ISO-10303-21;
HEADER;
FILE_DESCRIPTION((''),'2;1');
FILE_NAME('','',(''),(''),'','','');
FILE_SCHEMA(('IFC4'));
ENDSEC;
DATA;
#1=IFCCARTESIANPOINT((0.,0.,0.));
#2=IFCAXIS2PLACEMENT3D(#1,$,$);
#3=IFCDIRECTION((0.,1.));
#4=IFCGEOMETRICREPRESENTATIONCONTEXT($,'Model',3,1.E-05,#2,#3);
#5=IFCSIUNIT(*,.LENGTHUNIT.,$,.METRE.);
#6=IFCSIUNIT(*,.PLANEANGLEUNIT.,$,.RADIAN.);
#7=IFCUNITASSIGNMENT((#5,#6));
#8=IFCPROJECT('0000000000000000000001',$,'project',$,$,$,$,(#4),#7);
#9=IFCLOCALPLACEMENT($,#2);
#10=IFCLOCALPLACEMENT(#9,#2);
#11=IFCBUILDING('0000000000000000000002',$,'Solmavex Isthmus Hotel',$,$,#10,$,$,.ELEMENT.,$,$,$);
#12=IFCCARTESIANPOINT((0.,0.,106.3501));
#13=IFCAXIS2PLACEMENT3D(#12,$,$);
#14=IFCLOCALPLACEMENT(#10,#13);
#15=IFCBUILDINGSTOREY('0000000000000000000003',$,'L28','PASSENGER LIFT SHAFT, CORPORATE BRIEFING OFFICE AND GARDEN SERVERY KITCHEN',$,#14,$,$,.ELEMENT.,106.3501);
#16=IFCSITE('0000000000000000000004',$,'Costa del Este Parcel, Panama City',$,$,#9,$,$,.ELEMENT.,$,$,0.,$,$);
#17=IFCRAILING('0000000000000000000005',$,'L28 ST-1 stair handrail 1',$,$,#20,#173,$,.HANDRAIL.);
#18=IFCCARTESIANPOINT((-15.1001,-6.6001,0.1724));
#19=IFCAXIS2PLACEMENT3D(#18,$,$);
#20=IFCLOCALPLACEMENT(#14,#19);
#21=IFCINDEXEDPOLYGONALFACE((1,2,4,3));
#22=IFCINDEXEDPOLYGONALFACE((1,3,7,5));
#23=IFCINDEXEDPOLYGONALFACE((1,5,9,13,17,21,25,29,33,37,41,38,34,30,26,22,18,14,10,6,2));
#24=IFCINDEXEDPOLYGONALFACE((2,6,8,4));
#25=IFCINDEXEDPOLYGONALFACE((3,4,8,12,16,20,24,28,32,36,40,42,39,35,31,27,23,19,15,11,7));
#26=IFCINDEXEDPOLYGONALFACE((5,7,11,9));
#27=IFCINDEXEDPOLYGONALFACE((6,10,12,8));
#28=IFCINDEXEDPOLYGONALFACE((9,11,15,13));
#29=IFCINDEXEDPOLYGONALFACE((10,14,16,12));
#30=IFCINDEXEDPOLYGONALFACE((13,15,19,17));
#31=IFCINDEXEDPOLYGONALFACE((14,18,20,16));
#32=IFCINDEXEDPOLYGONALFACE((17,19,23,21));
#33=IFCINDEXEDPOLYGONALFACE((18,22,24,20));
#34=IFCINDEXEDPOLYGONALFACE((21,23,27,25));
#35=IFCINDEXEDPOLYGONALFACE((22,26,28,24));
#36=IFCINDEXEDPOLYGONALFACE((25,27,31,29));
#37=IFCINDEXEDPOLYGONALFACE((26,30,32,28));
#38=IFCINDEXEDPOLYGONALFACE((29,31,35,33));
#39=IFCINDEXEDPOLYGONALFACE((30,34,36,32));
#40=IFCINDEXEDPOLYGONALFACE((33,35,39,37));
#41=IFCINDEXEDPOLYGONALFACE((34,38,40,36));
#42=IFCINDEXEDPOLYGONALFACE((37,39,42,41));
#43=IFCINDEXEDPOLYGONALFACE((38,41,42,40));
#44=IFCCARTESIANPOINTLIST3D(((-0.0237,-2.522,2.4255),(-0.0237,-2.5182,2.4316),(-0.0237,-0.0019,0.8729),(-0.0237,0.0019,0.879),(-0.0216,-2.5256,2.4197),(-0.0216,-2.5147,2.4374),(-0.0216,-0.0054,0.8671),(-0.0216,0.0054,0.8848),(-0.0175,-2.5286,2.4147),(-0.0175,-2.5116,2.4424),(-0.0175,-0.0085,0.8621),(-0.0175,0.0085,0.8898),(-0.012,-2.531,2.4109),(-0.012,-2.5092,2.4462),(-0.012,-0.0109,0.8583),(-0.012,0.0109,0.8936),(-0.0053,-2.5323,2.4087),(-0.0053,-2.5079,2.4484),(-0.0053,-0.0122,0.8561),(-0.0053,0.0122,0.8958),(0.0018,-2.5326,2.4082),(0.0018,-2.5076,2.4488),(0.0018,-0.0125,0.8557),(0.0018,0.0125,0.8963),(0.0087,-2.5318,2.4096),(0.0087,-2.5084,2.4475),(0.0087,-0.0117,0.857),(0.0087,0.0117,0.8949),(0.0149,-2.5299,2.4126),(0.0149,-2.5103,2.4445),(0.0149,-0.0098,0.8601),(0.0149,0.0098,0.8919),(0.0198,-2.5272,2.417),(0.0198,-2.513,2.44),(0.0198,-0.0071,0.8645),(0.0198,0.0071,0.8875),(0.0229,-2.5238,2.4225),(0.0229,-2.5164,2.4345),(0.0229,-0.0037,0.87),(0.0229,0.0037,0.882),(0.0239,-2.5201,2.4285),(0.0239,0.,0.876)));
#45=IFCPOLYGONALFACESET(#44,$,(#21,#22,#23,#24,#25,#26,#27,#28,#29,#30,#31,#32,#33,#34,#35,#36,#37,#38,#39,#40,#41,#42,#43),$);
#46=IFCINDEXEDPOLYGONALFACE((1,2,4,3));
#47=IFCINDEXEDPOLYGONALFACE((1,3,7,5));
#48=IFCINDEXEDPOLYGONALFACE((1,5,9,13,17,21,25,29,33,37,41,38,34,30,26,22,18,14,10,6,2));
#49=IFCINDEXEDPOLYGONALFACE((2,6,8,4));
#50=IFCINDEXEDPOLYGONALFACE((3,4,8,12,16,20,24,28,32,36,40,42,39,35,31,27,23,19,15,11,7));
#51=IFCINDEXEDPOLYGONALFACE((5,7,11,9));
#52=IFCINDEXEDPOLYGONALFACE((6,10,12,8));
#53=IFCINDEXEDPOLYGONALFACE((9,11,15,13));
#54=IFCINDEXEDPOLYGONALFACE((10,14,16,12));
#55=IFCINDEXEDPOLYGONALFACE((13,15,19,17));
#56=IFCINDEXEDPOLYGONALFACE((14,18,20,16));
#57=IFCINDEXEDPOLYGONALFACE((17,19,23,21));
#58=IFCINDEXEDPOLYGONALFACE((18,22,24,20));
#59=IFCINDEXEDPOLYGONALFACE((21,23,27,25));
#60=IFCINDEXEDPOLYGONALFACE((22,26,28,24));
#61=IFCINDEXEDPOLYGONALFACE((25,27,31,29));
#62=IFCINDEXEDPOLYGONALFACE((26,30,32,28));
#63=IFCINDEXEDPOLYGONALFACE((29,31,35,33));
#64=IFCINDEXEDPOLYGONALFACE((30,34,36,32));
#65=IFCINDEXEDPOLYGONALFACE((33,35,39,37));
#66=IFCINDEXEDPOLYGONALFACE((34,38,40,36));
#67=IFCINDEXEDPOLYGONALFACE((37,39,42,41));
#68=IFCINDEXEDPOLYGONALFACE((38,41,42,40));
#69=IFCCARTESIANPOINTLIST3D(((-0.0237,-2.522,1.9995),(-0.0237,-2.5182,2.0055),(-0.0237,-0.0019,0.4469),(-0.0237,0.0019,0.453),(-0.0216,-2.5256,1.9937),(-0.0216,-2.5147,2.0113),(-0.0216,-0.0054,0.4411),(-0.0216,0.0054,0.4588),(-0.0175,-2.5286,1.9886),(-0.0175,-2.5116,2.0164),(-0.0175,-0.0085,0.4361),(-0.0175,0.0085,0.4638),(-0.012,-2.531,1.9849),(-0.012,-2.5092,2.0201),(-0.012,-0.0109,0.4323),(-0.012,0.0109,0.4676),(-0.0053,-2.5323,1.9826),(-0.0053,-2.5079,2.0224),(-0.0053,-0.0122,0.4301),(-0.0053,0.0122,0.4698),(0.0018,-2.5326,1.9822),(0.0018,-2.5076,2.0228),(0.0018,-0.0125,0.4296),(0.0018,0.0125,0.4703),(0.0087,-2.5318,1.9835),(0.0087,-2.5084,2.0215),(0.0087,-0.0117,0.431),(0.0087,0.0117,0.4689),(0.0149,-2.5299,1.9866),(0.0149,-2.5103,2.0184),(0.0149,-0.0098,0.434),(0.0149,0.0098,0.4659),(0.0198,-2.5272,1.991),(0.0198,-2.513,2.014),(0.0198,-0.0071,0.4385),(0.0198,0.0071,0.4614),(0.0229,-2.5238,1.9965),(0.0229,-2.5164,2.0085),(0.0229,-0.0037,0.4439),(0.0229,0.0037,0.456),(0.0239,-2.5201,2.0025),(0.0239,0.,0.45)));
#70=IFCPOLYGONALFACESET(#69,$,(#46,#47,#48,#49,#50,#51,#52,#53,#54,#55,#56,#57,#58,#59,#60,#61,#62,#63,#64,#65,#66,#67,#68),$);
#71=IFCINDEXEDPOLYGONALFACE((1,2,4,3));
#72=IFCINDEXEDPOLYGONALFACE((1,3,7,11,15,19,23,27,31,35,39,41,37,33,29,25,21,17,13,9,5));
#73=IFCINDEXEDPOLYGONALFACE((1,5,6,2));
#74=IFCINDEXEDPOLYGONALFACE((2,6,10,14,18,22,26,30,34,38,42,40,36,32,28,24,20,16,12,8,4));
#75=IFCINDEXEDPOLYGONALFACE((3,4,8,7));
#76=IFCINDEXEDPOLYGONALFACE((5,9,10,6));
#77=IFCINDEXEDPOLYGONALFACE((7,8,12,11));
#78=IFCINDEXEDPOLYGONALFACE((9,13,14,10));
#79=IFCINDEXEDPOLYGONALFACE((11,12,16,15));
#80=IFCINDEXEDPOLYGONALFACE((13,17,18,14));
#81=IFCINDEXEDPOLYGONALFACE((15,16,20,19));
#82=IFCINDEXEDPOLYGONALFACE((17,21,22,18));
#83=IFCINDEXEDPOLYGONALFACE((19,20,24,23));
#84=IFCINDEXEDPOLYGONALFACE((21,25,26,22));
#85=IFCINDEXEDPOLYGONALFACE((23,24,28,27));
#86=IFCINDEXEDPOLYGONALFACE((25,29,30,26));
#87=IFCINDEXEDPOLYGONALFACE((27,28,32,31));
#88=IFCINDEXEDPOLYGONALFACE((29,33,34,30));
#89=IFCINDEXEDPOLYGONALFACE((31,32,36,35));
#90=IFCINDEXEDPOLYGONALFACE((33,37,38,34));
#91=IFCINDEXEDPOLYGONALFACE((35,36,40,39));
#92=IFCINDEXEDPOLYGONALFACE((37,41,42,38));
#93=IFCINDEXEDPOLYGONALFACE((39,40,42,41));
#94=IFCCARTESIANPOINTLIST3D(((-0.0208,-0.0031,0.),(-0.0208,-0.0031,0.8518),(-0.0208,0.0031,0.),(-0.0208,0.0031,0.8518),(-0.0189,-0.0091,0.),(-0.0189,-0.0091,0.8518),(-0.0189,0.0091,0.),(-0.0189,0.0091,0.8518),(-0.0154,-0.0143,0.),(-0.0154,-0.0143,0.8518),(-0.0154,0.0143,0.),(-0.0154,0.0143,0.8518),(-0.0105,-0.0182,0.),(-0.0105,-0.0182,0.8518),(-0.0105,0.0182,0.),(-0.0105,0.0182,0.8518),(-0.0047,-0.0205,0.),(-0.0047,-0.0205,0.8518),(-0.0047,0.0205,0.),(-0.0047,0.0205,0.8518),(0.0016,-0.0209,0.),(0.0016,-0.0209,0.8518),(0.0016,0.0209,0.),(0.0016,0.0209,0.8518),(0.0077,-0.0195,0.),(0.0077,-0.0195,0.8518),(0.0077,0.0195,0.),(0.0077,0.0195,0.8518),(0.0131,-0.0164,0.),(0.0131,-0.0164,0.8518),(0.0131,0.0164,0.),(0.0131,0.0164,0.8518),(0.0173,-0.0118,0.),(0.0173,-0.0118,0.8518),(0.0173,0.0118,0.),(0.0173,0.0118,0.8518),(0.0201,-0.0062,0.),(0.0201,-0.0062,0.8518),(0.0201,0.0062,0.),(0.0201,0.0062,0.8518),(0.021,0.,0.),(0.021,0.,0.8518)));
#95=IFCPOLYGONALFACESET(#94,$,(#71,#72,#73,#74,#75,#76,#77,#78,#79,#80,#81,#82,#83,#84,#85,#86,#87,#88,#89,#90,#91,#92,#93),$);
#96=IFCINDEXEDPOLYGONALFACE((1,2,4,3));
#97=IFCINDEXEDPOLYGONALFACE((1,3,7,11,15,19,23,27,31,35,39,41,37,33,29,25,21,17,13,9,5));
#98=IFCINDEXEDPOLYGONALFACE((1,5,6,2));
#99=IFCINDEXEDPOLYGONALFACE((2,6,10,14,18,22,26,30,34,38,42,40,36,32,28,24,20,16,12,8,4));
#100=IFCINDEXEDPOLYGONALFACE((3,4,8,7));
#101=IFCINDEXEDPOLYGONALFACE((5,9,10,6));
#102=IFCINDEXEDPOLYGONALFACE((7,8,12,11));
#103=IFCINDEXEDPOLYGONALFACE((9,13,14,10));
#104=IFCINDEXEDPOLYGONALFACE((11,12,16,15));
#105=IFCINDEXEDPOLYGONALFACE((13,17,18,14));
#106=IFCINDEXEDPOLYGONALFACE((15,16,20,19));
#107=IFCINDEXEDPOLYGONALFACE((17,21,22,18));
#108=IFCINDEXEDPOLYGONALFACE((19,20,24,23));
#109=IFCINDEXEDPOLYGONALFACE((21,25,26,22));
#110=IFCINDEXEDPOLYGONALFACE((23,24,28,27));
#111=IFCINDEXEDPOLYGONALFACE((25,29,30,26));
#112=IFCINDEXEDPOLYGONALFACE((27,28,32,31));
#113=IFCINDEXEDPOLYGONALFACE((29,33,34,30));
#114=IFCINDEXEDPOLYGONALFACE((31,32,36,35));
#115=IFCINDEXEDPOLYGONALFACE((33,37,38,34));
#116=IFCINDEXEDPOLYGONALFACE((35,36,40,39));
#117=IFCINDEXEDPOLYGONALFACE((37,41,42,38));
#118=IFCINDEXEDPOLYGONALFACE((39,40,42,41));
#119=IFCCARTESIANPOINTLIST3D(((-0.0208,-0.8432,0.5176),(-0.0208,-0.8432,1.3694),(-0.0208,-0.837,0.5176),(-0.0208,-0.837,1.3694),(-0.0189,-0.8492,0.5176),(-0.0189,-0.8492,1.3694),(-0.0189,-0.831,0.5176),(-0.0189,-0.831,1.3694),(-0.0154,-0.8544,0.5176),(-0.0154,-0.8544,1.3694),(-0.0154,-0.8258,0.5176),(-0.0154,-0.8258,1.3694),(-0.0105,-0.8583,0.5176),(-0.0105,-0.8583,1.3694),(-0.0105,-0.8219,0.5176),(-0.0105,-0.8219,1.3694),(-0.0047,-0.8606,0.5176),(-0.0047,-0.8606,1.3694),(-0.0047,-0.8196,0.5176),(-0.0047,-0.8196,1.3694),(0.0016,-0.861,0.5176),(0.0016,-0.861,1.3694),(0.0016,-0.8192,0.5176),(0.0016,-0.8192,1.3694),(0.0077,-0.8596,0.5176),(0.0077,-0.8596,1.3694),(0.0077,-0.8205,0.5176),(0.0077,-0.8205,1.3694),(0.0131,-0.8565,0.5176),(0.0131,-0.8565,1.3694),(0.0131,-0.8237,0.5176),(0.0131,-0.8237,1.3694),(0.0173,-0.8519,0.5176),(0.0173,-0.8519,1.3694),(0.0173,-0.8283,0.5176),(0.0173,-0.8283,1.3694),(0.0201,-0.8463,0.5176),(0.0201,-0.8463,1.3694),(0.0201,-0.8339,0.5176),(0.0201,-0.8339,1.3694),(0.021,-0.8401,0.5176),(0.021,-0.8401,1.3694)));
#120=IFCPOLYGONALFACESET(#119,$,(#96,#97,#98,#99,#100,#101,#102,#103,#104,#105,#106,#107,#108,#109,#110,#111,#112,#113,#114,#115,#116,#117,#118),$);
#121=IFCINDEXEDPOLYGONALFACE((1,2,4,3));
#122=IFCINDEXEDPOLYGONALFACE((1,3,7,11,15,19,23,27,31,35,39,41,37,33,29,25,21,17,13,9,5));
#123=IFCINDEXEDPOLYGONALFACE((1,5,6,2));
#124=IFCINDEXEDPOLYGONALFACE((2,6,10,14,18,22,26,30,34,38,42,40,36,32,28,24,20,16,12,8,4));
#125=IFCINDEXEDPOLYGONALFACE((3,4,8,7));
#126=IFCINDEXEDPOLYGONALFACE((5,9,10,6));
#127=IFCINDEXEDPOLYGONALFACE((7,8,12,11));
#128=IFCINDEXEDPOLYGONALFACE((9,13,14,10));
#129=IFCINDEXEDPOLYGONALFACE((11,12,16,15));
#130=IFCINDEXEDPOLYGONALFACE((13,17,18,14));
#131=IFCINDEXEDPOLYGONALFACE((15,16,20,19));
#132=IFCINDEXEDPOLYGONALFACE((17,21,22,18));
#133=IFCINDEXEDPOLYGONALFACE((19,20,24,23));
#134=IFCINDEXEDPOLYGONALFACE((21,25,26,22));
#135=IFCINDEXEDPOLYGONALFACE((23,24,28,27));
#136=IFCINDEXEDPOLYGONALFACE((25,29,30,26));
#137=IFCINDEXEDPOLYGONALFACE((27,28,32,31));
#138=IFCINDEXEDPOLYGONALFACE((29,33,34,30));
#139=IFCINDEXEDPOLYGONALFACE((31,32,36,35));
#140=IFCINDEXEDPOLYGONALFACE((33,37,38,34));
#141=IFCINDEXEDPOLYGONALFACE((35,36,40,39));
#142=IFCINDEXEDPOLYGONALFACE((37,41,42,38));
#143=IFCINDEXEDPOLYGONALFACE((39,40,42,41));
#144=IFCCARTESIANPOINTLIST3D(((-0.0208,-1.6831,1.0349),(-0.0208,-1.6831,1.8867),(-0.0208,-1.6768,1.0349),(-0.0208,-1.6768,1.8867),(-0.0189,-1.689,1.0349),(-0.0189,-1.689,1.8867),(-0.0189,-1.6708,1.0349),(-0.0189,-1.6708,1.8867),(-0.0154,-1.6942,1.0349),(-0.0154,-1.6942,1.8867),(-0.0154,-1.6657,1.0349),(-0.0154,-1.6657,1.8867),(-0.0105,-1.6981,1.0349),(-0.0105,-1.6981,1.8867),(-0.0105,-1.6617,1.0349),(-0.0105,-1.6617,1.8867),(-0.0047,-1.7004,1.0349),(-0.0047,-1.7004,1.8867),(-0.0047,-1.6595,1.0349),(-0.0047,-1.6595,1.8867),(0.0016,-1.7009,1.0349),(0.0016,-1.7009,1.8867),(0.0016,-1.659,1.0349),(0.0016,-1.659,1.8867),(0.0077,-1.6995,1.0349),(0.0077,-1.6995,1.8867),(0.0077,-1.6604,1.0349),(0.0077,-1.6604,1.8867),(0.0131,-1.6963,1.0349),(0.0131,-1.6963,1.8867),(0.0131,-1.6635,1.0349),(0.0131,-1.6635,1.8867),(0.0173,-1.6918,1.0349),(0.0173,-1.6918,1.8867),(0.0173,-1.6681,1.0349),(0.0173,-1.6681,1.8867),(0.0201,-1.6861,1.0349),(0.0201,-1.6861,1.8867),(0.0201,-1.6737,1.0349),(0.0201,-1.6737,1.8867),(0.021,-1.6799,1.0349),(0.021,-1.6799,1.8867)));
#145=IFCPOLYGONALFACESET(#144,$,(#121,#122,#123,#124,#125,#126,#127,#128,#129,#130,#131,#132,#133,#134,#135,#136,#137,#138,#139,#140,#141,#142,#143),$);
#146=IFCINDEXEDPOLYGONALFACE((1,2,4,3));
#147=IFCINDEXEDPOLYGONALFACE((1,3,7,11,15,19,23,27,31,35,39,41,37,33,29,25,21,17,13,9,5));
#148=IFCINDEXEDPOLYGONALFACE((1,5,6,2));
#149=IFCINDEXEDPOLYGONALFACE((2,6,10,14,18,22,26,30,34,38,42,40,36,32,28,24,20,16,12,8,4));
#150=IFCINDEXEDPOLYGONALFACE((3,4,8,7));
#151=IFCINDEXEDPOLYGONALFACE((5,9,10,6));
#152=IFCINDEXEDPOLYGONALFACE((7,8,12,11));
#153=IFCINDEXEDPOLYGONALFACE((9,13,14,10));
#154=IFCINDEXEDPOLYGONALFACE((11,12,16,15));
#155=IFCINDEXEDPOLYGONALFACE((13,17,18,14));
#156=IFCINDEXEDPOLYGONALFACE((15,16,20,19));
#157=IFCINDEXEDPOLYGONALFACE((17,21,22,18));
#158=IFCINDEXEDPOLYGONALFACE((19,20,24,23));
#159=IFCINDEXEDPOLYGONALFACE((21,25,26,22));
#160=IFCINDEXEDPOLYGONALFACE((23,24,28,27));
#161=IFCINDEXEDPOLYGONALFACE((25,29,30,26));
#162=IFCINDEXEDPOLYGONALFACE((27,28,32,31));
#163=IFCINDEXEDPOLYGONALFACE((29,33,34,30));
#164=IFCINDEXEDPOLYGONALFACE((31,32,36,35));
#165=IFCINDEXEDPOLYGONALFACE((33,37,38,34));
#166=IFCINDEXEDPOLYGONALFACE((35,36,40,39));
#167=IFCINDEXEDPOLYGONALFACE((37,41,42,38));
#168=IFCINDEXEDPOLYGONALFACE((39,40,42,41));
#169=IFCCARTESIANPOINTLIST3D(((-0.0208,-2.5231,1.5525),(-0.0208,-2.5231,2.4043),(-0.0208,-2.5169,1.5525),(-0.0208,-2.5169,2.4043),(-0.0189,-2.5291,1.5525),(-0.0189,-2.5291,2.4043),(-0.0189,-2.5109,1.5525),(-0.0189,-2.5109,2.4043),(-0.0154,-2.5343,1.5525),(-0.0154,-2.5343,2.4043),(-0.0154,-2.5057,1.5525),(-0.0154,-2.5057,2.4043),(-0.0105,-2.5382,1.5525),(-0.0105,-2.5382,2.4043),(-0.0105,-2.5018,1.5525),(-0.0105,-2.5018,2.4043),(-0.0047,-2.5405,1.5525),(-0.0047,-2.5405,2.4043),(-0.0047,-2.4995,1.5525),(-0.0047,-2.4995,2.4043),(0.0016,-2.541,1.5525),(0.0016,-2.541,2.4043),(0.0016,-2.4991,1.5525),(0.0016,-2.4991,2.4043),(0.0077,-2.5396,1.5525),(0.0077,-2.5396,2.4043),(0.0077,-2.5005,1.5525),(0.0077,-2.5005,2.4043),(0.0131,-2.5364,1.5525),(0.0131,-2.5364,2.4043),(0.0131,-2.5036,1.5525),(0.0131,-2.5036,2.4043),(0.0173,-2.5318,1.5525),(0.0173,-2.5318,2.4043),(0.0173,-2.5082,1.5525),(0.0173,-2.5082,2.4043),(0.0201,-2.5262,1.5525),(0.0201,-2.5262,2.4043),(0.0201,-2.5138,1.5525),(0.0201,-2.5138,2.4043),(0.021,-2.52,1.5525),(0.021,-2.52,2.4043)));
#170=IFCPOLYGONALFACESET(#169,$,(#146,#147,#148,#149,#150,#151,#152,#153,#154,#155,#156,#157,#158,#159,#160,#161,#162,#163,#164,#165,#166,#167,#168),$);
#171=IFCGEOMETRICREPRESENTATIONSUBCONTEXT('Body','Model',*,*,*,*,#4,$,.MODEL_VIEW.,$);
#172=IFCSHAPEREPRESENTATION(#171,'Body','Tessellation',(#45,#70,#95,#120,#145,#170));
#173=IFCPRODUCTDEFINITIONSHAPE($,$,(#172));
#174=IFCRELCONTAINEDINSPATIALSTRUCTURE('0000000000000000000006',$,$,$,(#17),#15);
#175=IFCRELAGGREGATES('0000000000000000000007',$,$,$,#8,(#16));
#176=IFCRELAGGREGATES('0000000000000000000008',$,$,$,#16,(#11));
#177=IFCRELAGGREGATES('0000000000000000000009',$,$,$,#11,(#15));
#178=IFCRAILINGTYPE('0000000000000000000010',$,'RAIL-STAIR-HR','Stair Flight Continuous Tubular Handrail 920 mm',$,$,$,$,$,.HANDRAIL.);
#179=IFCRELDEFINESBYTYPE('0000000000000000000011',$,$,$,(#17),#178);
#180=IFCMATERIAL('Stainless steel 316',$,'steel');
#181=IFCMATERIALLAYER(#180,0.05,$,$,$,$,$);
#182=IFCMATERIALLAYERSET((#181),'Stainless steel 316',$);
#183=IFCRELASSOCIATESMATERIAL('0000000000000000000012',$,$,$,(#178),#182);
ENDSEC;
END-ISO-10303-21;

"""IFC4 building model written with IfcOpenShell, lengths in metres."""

from ifc_helpers import new_model, si_unit, direction, frame, origin, origin_2d, place, context, subcontext, project, spatial, circle, extrude, material, layer, layer_set, type_object, element, save


model = new_model("IFC4")

# Units and contexts
model_context = context("Model", 3, precision=1e-05, world=origin(), true_north=direction((0.0, 1.0)))
body_context = subcontext(model_context, "Body", "Model", "MODEL_VIEW")
ifc_project = project(units=[si_unit("LENGTHUNIT", "METRE"), si_unit("PLANEANGLEUNIT", "RADIAN")], contexts=[model_context])

# Site, building, storey
site_placement = place(None, origin())
site = spatial("IfcSite", under=ifc_project, at=site_placement, Name="Costa del Este Parcel, Panama City", CompositionType="ELEMENT", RefElevation=0.0)
building_placement = place(site_placement, origin())
building = spatial("IfcBuilding", under=site, at=building_placement, Name="Solmavex Isthmus Hotel", CompositionType="ELEMENT")
storey_placement = place(building_placement, frame((0.0, 0.0, 106.3501)))
storey = spatial("IfcBuildingStorey", under=building, at=storey_placement, Name="L28", Description="PASSENGER LIFT SHAFT, CORPORATE BRIEFING OFFICE AND GARDEN SERVERY KITCHEN", CompositionType="ELEMENT", Elevation=106.3501)

# Shared definitions
ifc_material_1 = material(Name="Stainless steel 316", Category="steel")

# Railing
ifc_layer_1 = layer(ifc_material_1, 0.05)
ifc_layer_set_1 = layer_set([ifc_layer_1], Name="Stainless steel 316")
railing_type_1 = type_object("IfcRailingType", Name="RAIL-STAIR-HR", Description="Stair Flight Continuous Tubular Handrail 920 mm", PredefinedType="HANDRAIL", material=ifc_layer_set_1)
railing_1_placement = place(storey_placement, frame((-15.1001, -6.6001, 0.1724)))
element("IfcRailing", 1, at=railing_1_placement, inside=storey, type_object=railing_type_1, Name="L28 ST-1 stair handrail 1", PredefinedType="HANDRAIL", context=body_context, shape_type="SweptSolid", body=[
    extrude(circle(Radius=0.0239, at=origin_2d()), frame((0.0, 0.0, 0.876), z_axis=(0.0, -0.8514, 0.524516), x_axis=(1.0, 0.0, 0.0)), (0.0, 0.0, 1.0), 2.96),
    extrude(circle(Radius=0.0239, at=origin_2d()), frame((0.0, 0.0, 0.45), z_axis=(0.0, -0.8514, 0.524516), x_axis=(1.0, 0.0, 0.0)), (0.0, 0.0, 1.0), 2.96),
    extrude(circle(Radius=0.021, at=origin_2d()), origin(), (0.0, 0.0, 1.0), 0.8518),
    extrude(circle(Radius=0.021, at=origin_2d()), frame((0.0, -0.8401, 0.5176)), (0.0, 0.0, 1.0), 0.8518),
    extrude(circle(Radius=0.021, at=origin_2d()), frame((0.0, -1.6799, 1.0349)), (0.0, 0.0, 1.0), 0.8518),
    extrude(circle(Radius=0.021, at=origin_2d()), frame((0.0, -2.52, 1.5525)), (0.0, 0.0, 1.0), 0.8518),
])

save(model, "model.ifc")
